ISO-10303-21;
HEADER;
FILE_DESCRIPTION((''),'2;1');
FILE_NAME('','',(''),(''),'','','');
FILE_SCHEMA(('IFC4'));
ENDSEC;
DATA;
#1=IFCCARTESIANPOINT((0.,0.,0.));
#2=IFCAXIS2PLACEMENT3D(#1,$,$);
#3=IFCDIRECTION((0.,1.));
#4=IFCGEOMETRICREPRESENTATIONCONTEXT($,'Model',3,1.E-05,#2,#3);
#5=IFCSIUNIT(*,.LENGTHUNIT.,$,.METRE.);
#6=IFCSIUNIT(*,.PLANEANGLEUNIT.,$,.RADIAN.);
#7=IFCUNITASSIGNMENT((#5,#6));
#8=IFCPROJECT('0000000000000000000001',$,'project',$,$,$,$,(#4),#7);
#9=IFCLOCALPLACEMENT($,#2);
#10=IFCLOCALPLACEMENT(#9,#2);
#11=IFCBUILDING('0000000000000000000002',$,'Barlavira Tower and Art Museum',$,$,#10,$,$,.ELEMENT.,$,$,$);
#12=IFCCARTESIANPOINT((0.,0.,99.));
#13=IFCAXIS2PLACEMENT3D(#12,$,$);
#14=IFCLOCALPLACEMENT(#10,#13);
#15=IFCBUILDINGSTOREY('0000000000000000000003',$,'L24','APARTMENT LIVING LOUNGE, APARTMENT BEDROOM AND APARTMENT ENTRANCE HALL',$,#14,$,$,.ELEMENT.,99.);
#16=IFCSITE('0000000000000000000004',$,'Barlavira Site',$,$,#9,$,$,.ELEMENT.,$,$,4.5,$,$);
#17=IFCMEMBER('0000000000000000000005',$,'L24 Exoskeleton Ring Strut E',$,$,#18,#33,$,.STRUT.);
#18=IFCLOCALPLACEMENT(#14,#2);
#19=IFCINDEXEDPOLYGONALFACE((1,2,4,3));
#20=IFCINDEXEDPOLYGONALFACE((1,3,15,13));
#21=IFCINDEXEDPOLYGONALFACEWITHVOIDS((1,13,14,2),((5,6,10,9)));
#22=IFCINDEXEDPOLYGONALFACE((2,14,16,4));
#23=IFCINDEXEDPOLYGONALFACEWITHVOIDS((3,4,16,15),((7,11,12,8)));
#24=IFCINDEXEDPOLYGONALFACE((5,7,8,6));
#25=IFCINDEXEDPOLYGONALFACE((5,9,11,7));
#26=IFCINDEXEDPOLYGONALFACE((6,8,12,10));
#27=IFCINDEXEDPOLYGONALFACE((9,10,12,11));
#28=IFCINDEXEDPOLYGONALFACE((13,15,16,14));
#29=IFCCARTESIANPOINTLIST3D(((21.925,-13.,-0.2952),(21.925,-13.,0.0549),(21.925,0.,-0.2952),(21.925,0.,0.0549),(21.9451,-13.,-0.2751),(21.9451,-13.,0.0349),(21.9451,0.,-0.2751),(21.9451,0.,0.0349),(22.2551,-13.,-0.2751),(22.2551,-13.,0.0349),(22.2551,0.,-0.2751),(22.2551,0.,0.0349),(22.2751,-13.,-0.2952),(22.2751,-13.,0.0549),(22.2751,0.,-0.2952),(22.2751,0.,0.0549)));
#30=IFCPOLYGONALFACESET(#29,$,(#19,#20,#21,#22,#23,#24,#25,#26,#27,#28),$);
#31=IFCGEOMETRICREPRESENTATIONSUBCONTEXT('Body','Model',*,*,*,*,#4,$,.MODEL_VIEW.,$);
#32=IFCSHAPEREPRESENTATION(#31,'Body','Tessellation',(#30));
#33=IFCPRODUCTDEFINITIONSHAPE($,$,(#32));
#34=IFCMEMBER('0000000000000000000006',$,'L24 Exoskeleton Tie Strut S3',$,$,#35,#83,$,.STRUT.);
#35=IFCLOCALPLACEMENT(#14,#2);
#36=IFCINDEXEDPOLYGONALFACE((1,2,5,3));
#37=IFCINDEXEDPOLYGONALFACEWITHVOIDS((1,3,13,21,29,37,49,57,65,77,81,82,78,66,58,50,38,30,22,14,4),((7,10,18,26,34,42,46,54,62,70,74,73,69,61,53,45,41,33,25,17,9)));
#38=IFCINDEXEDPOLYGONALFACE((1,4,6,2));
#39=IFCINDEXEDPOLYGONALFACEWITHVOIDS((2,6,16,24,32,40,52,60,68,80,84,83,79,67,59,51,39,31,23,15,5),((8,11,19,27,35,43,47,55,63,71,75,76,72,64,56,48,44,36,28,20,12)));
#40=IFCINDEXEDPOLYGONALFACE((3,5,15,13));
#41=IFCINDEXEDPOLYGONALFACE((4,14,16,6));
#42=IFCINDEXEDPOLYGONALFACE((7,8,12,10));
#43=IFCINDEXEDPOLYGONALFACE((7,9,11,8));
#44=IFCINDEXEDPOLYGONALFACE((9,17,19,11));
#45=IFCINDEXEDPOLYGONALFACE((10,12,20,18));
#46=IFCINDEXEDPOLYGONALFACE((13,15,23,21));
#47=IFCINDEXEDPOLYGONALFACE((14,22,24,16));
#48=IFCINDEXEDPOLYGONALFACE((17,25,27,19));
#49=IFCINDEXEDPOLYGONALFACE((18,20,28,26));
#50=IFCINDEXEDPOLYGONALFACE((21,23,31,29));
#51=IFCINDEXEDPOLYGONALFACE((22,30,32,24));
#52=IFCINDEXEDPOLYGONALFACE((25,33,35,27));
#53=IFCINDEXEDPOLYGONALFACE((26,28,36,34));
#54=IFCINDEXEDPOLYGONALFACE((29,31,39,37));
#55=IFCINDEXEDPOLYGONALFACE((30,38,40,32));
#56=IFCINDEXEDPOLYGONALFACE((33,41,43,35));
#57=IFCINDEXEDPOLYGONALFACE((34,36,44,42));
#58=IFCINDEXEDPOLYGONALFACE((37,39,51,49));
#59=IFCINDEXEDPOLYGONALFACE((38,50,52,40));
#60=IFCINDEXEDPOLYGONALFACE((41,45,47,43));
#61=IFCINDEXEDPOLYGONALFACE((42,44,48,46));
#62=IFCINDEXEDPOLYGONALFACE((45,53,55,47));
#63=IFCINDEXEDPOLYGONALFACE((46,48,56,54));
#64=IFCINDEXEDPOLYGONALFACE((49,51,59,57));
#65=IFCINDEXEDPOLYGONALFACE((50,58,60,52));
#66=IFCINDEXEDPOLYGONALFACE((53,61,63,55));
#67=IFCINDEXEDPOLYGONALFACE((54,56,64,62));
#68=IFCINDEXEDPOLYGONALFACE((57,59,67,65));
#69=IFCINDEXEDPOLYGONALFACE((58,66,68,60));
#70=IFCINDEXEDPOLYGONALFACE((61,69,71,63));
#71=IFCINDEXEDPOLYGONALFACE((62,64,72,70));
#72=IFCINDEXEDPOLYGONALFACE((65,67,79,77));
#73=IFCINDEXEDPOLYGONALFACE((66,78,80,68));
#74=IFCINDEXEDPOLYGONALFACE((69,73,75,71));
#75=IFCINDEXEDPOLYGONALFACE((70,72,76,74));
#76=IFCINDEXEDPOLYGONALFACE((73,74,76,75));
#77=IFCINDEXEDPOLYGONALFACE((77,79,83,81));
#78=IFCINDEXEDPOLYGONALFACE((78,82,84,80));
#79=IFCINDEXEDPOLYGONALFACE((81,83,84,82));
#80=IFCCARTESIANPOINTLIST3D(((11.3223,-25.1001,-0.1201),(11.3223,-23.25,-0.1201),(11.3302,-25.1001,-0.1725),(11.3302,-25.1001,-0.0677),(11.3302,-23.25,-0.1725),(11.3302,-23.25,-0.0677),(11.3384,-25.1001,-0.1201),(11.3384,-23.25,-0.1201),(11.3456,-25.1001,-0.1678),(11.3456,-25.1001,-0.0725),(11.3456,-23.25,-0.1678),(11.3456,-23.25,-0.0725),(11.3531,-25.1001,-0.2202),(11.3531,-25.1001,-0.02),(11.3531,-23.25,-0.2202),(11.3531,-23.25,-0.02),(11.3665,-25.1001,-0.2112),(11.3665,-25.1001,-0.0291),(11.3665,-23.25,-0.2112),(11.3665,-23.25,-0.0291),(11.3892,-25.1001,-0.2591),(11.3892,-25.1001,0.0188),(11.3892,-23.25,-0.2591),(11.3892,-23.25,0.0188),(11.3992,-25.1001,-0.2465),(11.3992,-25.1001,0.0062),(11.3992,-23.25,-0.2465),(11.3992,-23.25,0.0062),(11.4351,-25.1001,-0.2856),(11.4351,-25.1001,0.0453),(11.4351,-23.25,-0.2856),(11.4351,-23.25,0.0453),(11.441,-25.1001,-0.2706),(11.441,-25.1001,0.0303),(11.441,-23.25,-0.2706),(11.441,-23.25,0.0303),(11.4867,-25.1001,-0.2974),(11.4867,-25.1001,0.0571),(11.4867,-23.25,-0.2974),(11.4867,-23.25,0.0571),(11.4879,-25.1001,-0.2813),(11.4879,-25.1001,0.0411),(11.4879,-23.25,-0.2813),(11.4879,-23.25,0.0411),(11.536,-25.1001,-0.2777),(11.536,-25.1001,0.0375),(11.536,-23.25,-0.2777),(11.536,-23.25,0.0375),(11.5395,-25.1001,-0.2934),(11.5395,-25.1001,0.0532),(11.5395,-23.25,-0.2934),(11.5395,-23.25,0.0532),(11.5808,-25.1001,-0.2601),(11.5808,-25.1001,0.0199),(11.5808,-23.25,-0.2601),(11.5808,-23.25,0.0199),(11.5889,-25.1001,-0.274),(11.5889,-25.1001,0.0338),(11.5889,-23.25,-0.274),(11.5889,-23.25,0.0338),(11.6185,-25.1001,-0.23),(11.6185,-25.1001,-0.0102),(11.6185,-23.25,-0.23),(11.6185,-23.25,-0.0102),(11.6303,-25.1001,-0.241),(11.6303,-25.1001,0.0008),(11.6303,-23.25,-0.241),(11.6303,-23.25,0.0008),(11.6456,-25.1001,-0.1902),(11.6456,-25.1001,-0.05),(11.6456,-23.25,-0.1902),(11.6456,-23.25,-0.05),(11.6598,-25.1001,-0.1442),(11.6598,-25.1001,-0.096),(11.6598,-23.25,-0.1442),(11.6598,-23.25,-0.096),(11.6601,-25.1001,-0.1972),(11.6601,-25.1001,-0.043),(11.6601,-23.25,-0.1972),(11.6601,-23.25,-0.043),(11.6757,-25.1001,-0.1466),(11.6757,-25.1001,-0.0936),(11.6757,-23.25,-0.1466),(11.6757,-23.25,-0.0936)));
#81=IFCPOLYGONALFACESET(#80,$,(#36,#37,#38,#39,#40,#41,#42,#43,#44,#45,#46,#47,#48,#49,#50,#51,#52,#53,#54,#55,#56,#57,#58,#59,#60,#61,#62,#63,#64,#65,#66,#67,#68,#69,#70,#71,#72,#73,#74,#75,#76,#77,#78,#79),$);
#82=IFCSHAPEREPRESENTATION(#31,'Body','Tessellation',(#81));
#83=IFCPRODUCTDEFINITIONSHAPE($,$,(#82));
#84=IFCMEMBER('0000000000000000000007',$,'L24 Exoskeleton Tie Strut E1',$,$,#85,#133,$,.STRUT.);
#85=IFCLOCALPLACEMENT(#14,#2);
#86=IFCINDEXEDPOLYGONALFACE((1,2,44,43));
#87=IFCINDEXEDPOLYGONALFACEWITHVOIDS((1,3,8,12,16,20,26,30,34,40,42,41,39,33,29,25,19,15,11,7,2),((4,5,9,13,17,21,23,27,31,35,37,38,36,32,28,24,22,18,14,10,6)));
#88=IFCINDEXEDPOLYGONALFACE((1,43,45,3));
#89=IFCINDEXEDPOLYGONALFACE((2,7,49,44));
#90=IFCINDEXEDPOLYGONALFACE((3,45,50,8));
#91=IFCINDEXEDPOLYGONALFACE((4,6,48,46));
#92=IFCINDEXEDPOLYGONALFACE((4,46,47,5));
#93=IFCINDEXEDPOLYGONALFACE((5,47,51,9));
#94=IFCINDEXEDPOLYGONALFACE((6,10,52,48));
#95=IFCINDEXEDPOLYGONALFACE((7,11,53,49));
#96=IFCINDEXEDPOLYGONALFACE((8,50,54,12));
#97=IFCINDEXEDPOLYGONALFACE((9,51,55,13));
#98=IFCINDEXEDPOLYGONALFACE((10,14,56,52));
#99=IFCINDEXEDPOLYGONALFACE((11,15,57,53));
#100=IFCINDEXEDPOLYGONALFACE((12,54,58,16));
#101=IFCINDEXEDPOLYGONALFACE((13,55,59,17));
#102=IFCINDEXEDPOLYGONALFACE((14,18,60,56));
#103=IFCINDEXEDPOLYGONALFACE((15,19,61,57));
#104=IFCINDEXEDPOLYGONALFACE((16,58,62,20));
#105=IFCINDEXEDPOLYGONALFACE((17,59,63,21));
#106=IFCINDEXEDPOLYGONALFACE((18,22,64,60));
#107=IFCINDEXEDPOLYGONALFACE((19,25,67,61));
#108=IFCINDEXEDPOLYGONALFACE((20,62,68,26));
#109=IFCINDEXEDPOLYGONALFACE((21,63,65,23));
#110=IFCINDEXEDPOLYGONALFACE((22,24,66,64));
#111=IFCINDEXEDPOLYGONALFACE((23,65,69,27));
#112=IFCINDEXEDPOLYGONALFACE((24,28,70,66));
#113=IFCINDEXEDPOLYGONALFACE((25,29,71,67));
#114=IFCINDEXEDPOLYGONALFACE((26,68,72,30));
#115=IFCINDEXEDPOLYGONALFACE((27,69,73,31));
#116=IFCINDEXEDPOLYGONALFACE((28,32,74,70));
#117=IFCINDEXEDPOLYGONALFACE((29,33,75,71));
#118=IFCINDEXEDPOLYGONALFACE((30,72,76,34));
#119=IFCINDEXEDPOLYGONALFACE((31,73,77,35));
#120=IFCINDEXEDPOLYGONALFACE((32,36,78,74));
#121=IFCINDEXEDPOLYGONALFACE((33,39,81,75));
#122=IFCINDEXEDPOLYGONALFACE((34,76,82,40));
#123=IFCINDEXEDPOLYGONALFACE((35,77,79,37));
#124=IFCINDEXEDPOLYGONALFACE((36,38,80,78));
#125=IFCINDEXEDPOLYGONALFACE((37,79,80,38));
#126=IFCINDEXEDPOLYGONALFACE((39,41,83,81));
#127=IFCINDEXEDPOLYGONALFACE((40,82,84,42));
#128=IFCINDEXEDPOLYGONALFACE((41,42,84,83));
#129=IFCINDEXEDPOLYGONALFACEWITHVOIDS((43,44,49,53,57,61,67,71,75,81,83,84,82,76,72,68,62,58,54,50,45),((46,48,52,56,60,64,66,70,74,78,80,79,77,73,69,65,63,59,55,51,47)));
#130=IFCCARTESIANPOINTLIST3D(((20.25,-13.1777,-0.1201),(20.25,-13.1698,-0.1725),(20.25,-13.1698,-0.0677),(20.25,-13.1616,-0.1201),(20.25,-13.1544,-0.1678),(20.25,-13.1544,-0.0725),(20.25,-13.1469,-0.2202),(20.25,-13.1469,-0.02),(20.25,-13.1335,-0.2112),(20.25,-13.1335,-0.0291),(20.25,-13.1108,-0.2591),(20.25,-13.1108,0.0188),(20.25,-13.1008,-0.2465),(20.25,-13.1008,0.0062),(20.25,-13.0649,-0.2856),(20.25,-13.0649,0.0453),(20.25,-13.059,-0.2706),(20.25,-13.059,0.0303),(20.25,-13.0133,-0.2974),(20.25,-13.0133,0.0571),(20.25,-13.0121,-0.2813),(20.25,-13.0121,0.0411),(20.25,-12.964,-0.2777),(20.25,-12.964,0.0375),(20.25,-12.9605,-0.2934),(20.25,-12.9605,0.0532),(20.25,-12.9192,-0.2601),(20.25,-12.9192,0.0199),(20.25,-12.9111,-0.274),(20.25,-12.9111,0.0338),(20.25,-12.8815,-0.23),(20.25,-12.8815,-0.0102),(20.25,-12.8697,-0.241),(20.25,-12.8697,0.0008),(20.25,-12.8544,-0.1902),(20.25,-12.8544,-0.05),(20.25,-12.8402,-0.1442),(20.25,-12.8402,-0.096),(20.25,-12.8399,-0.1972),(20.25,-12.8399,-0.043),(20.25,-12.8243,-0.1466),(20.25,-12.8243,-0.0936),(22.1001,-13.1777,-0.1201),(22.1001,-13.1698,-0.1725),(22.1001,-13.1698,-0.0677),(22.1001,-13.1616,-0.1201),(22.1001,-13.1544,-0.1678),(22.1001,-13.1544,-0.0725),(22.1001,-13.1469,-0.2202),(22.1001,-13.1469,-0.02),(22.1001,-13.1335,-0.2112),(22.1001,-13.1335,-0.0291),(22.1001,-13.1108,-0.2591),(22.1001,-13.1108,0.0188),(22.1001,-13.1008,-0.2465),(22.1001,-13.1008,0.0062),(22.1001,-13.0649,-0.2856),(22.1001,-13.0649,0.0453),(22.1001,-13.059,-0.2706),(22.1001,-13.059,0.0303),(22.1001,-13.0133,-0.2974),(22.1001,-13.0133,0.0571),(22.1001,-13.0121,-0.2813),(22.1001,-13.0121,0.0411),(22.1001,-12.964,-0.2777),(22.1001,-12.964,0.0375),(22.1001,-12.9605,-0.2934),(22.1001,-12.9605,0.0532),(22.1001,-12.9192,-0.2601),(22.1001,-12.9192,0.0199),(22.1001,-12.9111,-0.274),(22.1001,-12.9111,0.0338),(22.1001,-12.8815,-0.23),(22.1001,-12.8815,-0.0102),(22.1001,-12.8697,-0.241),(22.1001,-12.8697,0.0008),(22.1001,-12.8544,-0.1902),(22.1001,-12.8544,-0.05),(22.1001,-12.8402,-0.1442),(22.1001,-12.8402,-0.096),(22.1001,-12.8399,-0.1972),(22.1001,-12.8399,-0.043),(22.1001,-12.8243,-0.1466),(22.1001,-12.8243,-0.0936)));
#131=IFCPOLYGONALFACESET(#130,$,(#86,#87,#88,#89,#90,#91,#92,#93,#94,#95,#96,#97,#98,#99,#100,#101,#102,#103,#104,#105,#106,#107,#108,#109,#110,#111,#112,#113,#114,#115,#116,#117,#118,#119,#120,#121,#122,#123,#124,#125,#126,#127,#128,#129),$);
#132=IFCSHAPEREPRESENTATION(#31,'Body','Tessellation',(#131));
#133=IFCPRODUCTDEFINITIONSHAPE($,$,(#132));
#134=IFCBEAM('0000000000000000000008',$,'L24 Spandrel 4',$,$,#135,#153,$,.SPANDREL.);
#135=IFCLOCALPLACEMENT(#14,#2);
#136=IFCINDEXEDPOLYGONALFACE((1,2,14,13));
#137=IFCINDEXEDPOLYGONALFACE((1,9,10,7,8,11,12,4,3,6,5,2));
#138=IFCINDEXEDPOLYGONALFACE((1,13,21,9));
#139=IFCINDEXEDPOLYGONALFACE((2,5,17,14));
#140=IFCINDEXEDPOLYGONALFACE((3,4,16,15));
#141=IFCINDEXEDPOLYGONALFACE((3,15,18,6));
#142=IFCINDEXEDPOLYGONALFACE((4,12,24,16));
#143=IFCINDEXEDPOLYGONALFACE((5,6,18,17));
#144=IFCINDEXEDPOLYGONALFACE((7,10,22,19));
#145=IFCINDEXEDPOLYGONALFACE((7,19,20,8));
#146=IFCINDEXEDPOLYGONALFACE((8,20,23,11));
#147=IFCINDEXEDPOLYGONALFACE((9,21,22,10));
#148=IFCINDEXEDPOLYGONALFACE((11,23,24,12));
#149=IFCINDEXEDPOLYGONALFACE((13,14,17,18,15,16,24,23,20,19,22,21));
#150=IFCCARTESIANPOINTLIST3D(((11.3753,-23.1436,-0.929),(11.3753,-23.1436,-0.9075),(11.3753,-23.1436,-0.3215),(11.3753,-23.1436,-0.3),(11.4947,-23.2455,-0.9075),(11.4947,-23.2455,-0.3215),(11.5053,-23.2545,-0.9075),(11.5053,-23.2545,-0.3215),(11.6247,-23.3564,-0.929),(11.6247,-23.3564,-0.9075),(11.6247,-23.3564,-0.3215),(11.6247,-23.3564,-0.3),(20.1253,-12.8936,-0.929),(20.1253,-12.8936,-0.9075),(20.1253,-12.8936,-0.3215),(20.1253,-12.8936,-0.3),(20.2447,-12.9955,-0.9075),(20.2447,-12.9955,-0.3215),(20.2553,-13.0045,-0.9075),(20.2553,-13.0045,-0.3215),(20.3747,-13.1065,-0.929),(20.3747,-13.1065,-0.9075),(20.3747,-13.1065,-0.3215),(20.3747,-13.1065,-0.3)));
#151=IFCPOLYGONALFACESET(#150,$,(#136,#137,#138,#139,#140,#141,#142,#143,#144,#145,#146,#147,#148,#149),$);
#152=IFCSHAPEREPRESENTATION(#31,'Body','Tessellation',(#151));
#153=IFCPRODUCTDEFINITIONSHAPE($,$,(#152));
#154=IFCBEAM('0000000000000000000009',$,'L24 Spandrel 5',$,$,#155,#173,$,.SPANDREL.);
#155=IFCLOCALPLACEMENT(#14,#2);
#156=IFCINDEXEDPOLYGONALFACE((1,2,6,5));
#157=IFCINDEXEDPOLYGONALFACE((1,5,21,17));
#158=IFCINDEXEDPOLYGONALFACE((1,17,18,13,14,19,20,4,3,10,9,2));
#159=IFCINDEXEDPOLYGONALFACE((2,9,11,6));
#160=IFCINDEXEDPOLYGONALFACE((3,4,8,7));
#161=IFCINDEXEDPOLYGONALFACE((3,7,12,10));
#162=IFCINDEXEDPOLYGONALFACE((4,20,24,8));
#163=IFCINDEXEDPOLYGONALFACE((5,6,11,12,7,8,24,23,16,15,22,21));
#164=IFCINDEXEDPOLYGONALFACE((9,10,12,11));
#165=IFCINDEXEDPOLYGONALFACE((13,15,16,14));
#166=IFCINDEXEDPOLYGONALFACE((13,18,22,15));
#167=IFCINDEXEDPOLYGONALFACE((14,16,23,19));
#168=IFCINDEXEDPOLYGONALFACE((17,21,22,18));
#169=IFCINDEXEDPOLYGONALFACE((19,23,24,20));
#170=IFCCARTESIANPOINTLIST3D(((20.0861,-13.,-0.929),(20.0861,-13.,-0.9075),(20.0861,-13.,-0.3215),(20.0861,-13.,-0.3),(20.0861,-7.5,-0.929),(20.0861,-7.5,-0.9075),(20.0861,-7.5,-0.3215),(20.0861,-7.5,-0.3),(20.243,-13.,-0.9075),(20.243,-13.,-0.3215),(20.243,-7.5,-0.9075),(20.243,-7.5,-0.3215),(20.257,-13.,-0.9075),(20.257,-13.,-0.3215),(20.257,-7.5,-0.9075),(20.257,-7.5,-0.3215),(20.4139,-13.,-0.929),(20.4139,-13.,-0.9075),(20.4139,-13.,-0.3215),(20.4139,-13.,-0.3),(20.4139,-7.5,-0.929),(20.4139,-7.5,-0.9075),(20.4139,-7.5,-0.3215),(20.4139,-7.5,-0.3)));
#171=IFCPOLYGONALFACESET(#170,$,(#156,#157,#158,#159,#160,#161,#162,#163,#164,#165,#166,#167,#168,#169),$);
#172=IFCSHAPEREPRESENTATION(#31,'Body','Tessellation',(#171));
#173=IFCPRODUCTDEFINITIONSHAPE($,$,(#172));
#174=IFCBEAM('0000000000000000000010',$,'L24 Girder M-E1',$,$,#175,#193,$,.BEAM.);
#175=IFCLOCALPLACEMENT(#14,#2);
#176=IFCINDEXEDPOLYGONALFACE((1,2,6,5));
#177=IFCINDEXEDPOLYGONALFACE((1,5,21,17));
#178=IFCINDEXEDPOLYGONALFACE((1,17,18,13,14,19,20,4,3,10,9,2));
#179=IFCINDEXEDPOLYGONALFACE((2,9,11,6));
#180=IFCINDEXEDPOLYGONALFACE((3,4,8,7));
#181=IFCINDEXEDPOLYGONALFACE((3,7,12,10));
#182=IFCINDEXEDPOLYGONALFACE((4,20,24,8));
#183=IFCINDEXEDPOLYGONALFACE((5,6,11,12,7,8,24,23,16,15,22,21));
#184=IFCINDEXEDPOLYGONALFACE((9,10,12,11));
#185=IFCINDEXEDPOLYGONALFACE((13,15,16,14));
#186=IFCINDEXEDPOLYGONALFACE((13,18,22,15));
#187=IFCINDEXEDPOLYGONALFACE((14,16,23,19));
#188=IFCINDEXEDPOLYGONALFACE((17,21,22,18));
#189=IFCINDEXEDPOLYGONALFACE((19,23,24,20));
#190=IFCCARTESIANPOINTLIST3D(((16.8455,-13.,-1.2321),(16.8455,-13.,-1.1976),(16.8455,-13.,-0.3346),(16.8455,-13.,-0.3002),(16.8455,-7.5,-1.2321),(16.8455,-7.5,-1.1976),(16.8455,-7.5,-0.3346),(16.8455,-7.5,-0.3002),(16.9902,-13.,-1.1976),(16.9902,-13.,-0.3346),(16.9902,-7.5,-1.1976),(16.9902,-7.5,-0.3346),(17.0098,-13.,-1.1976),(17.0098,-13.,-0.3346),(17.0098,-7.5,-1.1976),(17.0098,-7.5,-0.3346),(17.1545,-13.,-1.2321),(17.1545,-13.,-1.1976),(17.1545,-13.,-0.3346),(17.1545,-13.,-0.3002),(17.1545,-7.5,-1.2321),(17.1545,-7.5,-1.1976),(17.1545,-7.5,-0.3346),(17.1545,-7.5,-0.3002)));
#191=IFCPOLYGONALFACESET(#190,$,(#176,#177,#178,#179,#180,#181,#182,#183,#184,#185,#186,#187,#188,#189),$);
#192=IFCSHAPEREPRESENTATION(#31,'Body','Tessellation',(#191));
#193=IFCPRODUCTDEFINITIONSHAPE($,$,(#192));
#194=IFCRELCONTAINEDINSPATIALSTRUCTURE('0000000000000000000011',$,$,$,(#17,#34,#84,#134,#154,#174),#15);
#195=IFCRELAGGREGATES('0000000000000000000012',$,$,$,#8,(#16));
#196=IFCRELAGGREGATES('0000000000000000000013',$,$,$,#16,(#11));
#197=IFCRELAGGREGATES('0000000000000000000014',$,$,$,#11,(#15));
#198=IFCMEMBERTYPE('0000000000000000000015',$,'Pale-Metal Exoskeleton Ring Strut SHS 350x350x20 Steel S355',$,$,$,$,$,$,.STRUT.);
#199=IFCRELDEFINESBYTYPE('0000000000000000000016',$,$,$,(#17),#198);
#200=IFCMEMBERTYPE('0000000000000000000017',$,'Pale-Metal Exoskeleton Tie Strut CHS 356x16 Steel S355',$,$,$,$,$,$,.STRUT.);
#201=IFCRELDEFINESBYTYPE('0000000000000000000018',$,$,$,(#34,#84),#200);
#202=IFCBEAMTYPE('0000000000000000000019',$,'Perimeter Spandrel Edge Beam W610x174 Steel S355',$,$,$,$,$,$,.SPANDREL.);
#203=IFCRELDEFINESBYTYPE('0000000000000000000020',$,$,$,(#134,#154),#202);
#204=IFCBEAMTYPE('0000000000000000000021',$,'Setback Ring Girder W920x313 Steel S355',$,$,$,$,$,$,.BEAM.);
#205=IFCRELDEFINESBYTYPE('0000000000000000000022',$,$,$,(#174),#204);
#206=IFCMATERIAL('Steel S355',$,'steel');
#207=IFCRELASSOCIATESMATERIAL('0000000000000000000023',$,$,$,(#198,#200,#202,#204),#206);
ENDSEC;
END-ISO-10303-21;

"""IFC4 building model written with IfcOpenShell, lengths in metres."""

from ifc_helpers import new_model, si_unit, direction, frame, origin, origin_2d, place, context, subcontext, project, spatial, hollow_rectangle, hollow_circle, i_section, extrude, material, material_profile, profile_set, type_object, element, save


model = new_model("IFC4")

# Units and contexts
model_context = context("Model", 3, precision=1e-05, world=origin(), true_north=direction((0.0, 1.0)))
body_context = subcontext(model_context, "Body", "Model", "MODEL_VIEW")
ifc_project = project(units=[si_unit("LENGTHUNIT", "METRE"), si_unit("PLANEANGLEUNIT", "RADIAN")], contexts=[model_context])

# Site, building, storey
site_placement = place(None, origin())
site = spatial("IfcSite", under=ifc_project, at=site_placement, Name="Barlavira Site", CompositionType="ELEMENT", RefElevation=4.5)
building_placement = place(site_placement, origin())
building = spatial("IfcBuilding", under=site, at=building_placement, Name="Barlavira Tower and Art Museum", CompositionType="ELEMENT")
storey_placement = place(building_placement, frame((0.0, 0.0, 99.0)))
storey = spatial("IfcBuildingStorey", under=building, at=storey_placement, Name="L24", Description="APARTMENT LIVING LOUNGE, APARTMENT BEDROOM AND APARTMENT ENTRANCE HALL", CompositionType="ELEMENT", Elevation=99.0)

# Members
ifc_material_1 = material(Name="Steel S355", Category="steel")
ifc_material_profile_1 = material_profile(ifc_material_1, hollow_rectangle(XDim=0.3501, YDim=0.3501, WallThickness=0.02, at=origin_2d()), Name="SHS 350x350x20.0")
ifc_profile_set_1 = profile_set([ifc_material_profile_1], Name="Steel S355")
member_type_1 = type_object("IfcMemberType", Name="Pale-Metal Exoskeleton Ring Strut SHS 350x350x20 Steel S355", PredefinedType="STRUT", material=ifc_profile_set_1)
member_1_placement = place(storey_placement, frame((22.1001, -13.0, -0.1201), z_axis=(0.0, 1.0, 0.0), x_axis=(-1.0, 0.0, 0.0)))
element("IfcMember", 1, at=member_1_placement, inside=storey, type_object=member_type_1, Name="L24 Exoskeleton Ring Strut E", PredefinedType="STRUT", context=body_context, shape_type="SweptSolid", body=[
    extrude(hollow_rectangle(XDim=0.3501, YDim=0.3501, WallThickness=0.02, at=origin_2d()), origin(), (0.0, 0.0, 1.0), 13.0),
])
ifc_material_profile_2 = material_profile(ifc_material_1, hollow_circle(Radius=0.1777, WallThickness=0.0161, at=origin_2d()), Name="CHS 355.6x16.0")
ifc_profile_set_2 = profile_set([ifc_material_profile_2], Name="Steel S355")
member_type_2 = type_object("IfcMemberType", Name="Pale-Metal Exoskeleton Tie Strut CHS 356x16 Steel S355", PredefinedType="STRUT", material=ifc_profile_set_2)
for number, where, z_axis, x_axis, name in (
    (2, (11.5, -25.1001, -0.1201), (0.0, 1.0, 0.0), (-1.0, 0.0, 0.0), "L24 Exoskeleton Tie Strut S3"),
    (3, (22.1001, -13.0, -0.1201), (-1.0, 0.0, 0.0), (0.0, -1.0, 0.0), "L24 Exoskeleton Tie Strut E1"),
):
    element("IfcMember", number, at=place(storey_placement, frame(where, z_axis=z_axis, x_axis=x_axis)), inside=storey, type_object=member_type_2, Name=name, PredefinedType="STRUT", context=body_context, shape_type="SweptSolid", body=[
        extrude(hollow_circle(Radius=0.1777, WallThickness=0.0161, at=origin_2d()), origin(), (0.0, 0.0, 1.0), 1.8501),
    ])

# Beams
ifc_material_profile_3 = material_profile(ifc_material_1, i_section(OverallWidth=0.3279, OverallDepth=0.6289, WebThickness=0.0139, FlangeThickness=0.0215, at=origin_2d()), Name="W610x174.0")
ifc_profile_set_3 = profile_set([ifc_material_profile_3], Name="Steel S355")
beam_type_1 = type_object("IfcBeamType", Name="Perimeter Spandrel Edge Beam W610x174 Steel S355", PredefinedType="SPANDREL", material=ifc_profile_set_3)
beam_1_placement = place(storey_placement, frame((11.5, -23.25, -0.6145), z_axis=(0.649262, 0.760565, 0.0), x_axis=(-0.760565, 0.649262, 0.0)))
element("IfcBeam", 4, at=beam_1_placement, inside=storey, type_object=beam_type_1, Name="L24 Spandrel 4", PredefinedType="SPANDREL", context=body_context, shape_type="SweptSolid", body=[
    extrude(i_section(OverallWidth=0.3279, OverallDepth=0.6289, WebThickness=0.0139, FlangeThickness=0.0215, at=origin_2d()), origin(), (0.0, 0.0, 1.0), 13.4768),
])
beam_2_placement = place(storey_placement, frame((20.25, -13.0, -0.6145), z_axis=(0.0, 1.0, 0.0), x_axis=(-1.0, 0.0, 0.0)))
element("IfcBeam", 5, at=beam_2_placement, inside=storey, type_object=beam_type_1, Name="L24 Spandrel 5", PredefinedType="SPANDREL", context=body_context, shape_type="SweptSolid", body=[
    extrude(i_section(OverallWidth=0.3279, OverallDepth=0.6289, WebThickness=0.0139, FlangeThickness=0.0215, at=origin_2d()), origin(), (0.0, 0.0, 1.0), 5.5),
])
ifc_material_profile_4 = material_profile(ifc_material_1, i_section(OverallWidth=0.3091, OverallDepth=0.9319, WebThickness=0.0195, FlangeThickness=0.0344, at=origin_2d()), Name="W920x313.0")
ifc_profile_set_4 = profile_set([ifc_material_profile_4], Name="Steel S355")
beam_type_2 = type_object("IfcBeamType", Name="Setback Ring Girder W920x313 Steel S355", PredefinedType="BEAM", material=ifc_profile_set_4)
beam_3_placement = place(storey_placement, frame((17.0, -13.0, -0.7661), z_axis=(0.0, 1.0, 0.0), x_axis=(-1.0, 0.0, 0.0)))
element("IfcBeam", 6, at=beam_3_placement, inside=storey, type_object=beam_type_2, Name="L24 Girder M-E1", PredefinedType="BEAM", context=body_context, shape_type="SweptSolid", body=[
    extrude(i_section(OverallWidth=0.3091, OverallDepth=0.9319, WebThickness=0.0195, FlangeThickness=0.0344, at=origin_2d()), origin(), (0.0, 0.0, 1.0), 5.5),
])

save(model, "model.ifc")
